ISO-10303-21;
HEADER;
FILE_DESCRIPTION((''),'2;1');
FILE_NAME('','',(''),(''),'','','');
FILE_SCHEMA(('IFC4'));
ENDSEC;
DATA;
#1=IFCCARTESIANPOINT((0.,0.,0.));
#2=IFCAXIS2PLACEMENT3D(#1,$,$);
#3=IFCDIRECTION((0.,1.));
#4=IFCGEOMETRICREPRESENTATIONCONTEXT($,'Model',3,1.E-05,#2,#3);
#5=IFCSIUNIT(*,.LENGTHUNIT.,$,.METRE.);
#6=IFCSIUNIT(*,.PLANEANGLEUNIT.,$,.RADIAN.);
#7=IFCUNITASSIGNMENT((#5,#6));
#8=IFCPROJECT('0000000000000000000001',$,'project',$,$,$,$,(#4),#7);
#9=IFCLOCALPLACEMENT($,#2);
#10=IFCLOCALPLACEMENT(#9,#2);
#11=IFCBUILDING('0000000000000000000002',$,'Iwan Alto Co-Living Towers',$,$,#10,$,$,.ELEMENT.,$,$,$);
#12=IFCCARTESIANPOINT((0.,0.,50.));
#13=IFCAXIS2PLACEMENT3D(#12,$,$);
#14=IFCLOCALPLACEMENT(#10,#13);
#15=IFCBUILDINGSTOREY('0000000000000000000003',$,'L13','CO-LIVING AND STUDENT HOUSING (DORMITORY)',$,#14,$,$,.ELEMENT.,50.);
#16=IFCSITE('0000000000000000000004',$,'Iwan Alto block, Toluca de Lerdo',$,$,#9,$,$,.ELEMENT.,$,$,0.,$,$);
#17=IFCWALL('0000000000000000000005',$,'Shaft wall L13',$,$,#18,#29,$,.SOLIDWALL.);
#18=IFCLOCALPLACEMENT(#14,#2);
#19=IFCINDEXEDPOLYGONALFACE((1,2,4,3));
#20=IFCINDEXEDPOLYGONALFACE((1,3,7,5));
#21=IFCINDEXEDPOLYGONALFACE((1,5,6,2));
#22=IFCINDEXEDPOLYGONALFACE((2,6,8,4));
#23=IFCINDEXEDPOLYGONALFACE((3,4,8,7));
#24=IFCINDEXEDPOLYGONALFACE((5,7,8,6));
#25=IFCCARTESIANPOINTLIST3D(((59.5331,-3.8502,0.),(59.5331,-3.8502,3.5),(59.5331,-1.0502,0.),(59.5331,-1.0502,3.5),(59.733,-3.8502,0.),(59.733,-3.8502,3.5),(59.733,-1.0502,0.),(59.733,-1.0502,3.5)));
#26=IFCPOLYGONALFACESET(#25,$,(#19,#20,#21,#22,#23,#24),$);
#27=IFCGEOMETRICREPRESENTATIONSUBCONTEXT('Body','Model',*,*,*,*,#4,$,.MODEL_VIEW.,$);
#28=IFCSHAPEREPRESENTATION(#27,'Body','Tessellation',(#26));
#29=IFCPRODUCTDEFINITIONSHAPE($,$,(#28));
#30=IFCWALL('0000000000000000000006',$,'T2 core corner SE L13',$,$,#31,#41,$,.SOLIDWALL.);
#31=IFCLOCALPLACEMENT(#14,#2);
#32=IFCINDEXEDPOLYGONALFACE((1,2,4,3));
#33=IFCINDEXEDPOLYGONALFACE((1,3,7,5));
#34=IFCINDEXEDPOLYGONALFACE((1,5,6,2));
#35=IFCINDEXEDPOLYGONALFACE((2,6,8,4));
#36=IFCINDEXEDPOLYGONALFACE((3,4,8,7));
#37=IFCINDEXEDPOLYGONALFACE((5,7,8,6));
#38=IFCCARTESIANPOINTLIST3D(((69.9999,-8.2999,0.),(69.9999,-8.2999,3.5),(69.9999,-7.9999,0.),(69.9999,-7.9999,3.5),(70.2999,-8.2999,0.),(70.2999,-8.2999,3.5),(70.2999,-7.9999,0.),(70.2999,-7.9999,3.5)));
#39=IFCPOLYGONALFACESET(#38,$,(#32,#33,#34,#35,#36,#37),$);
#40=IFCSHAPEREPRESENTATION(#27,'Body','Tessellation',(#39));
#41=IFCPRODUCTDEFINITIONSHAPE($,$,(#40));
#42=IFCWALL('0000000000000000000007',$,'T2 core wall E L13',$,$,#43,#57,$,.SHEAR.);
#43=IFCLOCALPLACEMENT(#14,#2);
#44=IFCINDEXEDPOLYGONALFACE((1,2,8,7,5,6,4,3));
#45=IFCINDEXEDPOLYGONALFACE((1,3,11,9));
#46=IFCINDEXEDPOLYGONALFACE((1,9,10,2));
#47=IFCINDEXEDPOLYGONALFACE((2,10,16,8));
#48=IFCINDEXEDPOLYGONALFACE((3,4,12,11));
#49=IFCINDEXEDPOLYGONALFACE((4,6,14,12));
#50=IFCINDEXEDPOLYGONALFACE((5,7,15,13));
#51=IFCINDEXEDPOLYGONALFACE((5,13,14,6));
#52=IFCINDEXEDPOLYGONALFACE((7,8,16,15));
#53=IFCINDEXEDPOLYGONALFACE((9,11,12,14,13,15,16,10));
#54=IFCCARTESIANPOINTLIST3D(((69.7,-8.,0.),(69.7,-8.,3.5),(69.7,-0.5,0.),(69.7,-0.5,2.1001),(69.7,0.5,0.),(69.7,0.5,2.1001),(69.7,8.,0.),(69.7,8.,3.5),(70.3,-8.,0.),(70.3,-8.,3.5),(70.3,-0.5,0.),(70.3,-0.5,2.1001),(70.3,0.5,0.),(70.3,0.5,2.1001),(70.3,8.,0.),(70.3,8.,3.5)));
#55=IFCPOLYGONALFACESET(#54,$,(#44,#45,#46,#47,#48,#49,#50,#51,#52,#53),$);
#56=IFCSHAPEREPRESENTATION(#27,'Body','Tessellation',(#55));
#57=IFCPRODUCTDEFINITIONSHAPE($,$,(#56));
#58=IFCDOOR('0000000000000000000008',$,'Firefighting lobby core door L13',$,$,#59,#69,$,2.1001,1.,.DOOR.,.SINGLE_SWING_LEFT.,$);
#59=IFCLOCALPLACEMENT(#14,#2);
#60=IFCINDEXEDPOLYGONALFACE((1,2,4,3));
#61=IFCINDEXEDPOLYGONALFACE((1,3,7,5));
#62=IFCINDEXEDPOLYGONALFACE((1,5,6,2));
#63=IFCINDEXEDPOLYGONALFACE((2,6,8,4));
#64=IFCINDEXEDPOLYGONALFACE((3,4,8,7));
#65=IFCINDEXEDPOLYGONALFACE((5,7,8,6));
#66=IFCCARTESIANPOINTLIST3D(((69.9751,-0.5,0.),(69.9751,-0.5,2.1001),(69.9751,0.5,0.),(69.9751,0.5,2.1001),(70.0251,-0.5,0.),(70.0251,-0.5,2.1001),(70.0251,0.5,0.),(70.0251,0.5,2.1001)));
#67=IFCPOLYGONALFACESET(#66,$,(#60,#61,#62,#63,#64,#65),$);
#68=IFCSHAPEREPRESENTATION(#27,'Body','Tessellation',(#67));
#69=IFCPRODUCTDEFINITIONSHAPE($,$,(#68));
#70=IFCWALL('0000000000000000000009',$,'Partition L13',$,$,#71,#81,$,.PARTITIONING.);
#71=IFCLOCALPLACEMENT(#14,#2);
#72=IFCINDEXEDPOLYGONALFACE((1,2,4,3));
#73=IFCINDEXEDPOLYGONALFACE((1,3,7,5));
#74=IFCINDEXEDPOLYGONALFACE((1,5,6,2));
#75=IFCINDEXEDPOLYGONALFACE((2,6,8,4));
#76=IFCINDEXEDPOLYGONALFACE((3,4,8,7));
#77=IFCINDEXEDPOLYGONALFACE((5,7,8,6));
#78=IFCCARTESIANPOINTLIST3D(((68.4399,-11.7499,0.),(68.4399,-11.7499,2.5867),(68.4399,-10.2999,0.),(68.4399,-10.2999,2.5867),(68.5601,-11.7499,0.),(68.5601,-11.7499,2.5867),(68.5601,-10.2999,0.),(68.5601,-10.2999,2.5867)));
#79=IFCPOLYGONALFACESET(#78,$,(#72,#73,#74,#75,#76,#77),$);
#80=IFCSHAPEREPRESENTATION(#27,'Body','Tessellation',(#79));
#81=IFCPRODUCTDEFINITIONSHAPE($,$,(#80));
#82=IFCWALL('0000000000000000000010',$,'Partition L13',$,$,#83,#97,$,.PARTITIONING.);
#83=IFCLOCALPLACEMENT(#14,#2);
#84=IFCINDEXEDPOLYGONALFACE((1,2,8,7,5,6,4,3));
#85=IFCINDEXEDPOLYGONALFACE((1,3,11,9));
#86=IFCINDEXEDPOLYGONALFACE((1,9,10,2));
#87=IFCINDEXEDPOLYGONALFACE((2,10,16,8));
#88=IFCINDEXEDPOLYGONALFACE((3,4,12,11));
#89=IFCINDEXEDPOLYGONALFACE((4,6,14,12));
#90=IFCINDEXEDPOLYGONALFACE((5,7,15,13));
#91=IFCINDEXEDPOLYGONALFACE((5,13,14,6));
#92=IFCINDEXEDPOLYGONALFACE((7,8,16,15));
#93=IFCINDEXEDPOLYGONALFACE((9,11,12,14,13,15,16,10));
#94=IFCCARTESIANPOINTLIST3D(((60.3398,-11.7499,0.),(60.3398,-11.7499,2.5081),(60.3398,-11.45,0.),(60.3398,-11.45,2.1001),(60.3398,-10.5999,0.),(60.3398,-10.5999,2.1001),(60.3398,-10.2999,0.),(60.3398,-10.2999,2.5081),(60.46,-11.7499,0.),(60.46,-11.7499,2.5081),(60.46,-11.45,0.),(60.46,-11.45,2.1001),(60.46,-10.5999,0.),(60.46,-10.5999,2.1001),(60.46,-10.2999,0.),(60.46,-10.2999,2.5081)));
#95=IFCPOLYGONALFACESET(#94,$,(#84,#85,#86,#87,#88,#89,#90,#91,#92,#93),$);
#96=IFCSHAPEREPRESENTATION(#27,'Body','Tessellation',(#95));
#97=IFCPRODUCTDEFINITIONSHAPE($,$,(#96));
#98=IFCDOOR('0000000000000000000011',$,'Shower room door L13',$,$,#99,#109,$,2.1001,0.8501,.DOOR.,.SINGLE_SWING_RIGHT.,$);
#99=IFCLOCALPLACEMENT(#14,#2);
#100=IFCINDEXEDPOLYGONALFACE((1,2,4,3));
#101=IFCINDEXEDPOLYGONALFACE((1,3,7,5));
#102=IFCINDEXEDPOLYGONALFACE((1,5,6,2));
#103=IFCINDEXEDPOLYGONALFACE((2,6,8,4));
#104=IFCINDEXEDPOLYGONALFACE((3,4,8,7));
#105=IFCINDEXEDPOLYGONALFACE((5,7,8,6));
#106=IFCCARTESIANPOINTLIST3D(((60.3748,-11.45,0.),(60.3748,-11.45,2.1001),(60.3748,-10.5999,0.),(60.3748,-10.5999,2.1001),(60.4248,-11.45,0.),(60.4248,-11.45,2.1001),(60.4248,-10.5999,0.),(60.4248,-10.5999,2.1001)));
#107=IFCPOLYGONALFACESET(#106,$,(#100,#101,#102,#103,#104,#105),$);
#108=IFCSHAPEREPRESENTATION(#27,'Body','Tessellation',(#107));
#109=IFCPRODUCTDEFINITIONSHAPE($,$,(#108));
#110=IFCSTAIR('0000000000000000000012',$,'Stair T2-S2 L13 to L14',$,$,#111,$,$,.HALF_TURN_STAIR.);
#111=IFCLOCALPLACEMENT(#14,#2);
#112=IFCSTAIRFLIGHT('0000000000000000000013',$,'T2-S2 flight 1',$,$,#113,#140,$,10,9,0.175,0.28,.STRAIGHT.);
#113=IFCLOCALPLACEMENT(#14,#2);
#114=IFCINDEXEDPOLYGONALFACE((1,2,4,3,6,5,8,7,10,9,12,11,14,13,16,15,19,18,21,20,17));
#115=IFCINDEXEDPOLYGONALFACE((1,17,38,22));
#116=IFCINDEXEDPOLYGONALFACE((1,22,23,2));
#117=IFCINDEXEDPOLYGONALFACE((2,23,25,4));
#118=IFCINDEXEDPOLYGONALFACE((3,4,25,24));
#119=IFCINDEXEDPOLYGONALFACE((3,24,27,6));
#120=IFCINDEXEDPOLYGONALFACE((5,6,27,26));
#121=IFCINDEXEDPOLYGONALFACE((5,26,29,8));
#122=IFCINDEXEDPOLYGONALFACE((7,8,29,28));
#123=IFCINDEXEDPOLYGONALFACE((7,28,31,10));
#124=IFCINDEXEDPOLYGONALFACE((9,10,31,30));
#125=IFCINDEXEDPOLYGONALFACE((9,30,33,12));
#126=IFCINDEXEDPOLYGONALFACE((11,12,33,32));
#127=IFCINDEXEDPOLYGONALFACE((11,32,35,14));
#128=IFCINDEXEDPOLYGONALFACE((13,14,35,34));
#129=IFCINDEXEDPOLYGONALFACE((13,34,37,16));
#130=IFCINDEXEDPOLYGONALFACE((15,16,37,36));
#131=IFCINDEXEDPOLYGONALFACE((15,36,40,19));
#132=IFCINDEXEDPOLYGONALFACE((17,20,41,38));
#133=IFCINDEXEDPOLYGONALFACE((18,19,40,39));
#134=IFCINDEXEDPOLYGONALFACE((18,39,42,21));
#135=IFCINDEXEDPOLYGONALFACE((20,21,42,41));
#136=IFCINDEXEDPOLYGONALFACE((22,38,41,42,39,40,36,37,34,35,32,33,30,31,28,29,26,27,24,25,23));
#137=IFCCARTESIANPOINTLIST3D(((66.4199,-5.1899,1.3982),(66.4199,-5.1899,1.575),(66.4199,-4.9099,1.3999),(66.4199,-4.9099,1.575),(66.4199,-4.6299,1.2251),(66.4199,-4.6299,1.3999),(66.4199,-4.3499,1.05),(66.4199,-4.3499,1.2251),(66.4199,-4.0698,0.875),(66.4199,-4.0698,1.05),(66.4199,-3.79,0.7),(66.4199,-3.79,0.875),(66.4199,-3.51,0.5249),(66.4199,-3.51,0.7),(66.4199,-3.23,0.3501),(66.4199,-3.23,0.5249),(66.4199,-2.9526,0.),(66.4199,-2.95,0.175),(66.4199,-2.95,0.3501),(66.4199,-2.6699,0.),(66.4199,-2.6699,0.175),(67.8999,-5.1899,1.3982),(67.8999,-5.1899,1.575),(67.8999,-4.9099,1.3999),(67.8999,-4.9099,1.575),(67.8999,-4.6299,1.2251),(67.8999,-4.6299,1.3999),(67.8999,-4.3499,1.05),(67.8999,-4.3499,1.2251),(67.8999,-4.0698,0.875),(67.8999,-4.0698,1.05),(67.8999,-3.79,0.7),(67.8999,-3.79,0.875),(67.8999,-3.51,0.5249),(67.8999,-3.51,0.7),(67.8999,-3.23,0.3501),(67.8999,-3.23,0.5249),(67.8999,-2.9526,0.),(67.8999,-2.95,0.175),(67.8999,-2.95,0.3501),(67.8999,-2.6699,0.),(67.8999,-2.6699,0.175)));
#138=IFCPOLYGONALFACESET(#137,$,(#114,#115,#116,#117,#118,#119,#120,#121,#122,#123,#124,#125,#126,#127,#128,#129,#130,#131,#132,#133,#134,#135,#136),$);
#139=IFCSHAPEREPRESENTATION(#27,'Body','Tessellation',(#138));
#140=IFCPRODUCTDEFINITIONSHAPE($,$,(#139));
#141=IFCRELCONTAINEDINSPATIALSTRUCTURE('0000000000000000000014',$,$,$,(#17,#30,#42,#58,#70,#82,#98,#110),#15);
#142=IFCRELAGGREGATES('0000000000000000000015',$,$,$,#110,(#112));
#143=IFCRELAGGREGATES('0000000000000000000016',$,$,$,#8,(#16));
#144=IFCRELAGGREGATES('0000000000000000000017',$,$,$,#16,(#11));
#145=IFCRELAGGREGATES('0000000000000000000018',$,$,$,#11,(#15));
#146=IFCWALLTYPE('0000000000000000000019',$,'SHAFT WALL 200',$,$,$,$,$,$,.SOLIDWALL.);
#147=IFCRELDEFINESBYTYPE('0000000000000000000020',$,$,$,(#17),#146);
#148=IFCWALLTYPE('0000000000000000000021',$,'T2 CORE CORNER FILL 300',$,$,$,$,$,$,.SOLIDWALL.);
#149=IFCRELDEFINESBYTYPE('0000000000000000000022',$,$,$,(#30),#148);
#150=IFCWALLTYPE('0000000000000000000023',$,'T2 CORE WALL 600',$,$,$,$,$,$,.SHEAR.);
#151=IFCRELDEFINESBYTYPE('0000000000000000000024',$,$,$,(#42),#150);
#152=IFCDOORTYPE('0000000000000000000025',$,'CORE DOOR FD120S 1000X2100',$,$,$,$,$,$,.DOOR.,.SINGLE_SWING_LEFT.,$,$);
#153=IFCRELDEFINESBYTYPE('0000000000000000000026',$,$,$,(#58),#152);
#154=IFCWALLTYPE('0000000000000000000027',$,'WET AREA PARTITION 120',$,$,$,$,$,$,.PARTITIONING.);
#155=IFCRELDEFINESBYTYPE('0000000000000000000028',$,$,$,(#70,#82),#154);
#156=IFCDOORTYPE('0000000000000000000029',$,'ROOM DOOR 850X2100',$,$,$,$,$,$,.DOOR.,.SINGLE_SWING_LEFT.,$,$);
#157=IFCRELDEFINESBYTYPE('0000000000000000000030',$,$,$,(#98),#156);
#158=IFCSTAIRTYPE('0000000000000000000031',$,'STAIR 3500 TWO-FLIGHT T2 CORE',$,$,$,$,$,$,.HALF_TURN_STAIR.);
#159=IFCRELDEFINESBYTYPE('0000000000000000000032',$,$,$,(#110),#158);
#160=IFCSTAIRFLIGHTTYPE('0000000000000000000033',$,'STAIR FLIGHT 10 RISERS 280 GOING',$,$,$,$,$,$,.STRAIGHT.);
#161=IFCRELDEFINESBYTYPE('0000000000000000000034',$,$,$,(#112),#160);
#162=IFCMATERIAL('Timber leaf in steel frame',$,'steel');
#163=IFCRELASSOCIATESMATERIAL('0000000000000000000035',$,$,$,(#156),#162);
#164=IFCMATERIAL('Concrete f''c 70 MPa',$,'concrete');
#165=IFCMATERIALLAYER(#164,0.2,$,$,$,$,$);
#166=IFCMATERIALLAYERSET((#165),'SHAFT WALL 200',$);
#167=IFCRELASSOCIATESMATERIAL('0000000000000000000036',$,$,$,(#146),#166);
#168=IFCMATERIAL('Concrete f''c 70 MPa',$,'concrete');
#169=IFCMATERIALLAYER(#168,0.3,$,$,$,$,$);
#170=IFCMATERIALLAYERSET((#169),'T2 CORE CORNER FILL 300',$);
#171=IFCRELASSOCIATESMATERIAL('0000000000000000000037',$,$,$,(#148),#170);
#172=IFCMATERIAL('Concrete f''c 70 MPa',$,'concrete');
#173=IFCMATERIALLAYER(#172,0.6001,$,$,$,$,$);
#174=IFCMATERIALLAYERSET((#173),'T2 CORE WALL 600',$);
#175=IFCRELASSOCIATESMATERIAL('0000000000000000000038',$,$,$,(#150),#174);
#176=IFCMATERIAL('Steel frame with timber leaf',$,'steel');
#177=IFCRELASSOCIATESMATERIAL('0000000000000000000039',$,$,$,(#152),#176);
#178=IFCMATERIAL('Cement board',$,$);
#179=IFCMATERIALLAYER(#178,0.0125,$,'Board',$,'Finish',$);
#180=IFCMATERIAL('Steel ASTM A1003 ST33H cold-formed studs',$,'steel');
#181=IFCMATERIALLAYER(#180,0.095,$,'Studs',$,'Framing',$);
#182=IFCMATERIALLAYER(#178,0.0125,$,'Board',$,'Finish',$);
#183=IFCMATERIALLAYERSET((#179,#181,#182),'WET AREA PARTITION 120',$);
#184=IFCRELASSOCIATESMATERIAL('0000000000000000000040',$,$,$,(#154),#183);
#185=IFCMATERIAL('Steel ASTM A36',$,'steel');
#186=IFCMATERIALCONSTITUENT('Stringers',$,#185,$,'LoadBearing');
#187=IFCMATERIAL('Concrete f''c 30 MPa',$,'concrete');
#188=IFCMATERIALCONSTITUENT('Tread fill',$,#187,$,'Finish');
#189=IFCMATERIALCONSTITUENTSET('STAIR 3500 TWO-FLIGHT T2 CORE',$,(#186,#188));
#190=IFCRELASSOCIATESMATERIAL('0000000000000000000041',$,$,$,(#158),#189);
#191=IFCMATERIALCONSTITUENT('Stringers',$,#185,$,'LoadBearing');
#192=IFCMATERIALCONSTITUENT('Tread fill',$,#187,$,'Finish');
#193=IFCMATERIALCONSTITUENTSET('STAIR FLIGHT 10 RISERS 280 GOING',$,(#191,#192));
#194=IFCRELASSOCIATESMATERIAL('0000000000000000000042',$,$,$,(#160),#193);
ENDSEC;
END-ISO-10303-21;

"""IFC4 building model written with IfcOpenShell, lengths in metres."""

from ifc_helpers import new_model, si_unit, direction, frame, frame_2d, origin, place, context, subcontext, project, spatial, polyline, rectangle, outline, extrude, material, layer, layer_set, constituent, constituent_set, type_object, element, fill, aggregate, save


model = new_model("IFC4")

# Units and contexts
model_context = context("Model", 3, precision=1e-05, world=origin(), true_north=direction((0.0, 1.0)))
body_context = subcontext(model_context, "Body", "Model", "MODEL_VIEW")
ifc_project = project(units=[si_unit("LENGTHUNIT", "METRE"), si_unit("PLANEANGLEUNIT", "RADIAN")], contexts=[model_context])

# Site, building, storey
site_placement = place(None, origin())
site = spatial("IfcSite", under=ifc_project, at=site_placement, Name="Iwan Alto block, Toluca de Lerdo", CompositionType="ELEMENT", RefElevation=0.0)
building_placement = place(site_placement, origin())
building = spatial("IfcBuilding", under=site, at=building_placement, Name="Iwan Alto Co-Living Towers", CompositionType="ELEMENT")
storey_placement = place(building_placement, frame((0.0, 0.0, 50.0)))
storey = spatial("IfcBuildingStorey", under=building, at=storey_placement, Name="L13", Description="CO-LIVING AND STUDENT HOUSING (DORMITORY)", CompositionType="ELEMENT", Elevation=50.0)

# Shared definitions
ifc_material_1 = material(Name="Steel ASTM A1003 ST33H cold-formed studs", Category="steel")

# Shared definitions
ifc_material_2 = material(Name="Timber leaf in steel frame", Category="steel")
door_type_1 = type_object("IfcDoorType", Name="ROOM DOOR 850X2100", OperationType="SINGLE_SWING_LEFT", PredefinedType="DOOR", material=ifc_material_2)

# Shared definitions
ifc_material_3 = material(Name="Concrete f'c 70 MPa", Category="concrete")
ifc_layer_1 = layer(ifc_material_3, 0.2)
ifc_layer_set_1 = layer_set([ifc_layer_1], Name="SHAFT WALL 200")
wall_type_1 = type_object("IfcWallType", Name="SHAFT WALL 200", PredefinedType="SOLIDWALL", material=ifc_layer_set_1)

# Walls
wall_1_placement = place(storey_placement, frame((59.6331, -3.8501, 0.0), z_axis=(0.0, 0.0, 1.0), x_axis=(0.0, 1.0, 0.0)))
element("IfcWall", 1, at=wall_1_placement, inside=storey, type_object=wall_type_1, Name="Shaft wall L13", PredefinedType="SOLIDWALL", context=body_context, shape_type="SweptSolid", body=[
    extrude(rectangle(XDim=2.8, YDim=0.2, at=frame_2d((1.3999, 0.0))), origin(), (0.0, 0.0, 1.0), 3.5),
])
ifc_material_4 = material(Name="Concrete f'c 70 MPa", Category="concrete")
ifc_layer_2 = layer(ifc_material_4, 0.3)
ifc_layer_set_2 = layer_set([ifc_layer_2], Name="T2 CORE CORNER FILL 300")
wall_type_2 = type_object("IfcWallType", Name="T2 CORE CORNER FILL 300", PredefinedType="SOLIDWALL", material=ifc_layer_set_2)
wall_2_placement = place(storey_placement, frame((70.0, -8.1499, 0.0), z_axis=(0.0, 0.0, 1.0), x_axis=(1.0, 0.0, 0.0)))
element("IfcWall", 2, at=wall_2_placement, inside=storey, type_object=wall_type_2, Name="T2 core corner SE L13", PredefinedType="SOLIDWALL", context=body_context, shape_type="SweptSolid", body=[
    extrude(rectangle(XDim=0.3, YDim=0.3, at=frame_2d((0.1499, 0.0))), origin(), (0.0, 0.0, 1.0), 3.5),
])

# Wall, opening, door
ifc_material_5 = material(Name="Concrete f'c 70 MPa", Category="concrete")
ifc_layer_3 = layer(ifc_material_5, 0.6001)
ifc_layer_set_3 = layer_set([ifc_layer_3], Name="T2 CORE WALL 600")
wall_type_3 = type_object("IfcWallType", Name="T2 CORE WALL 600", PredefinedType="SHEAR", material=ifc_layer_set_3)
wall_3_placement = place(storey_placement, frame((70.0, -8.0, 0.0), z_axis=(0.0, 0.0, 1.0), x_axis=(0.0, 1.0, 0.0)))
wall_3 = element("IfcWall", 3, at=wall_3_placement, inside=storey, type_object=wall_type_3, Name="T2 core wall E L13", PredefinedType="SHEAR", context=body_context, shape_type="SweptSolid", body=[
    extrude(rectangle(XDim=16.0, YDim=0.6001, at=frame_2d((8.0, 0.0))), origin(), (0.0, 0.0, 1.0), 3.5),
])
opening_1_placement = place(wall_3_placement, frame((7.5, 0.0, 0.0)))
opening_1 = element("IfcOpeningElement", 4, at=opening_1_placement, cuts=wall_3, PredefinedType="OPENING", context=body_context, shape_type="SweptSolid", body=[
    extrude(rectangle(XDim=1.0, YDim=2.1001, at=frame_2d((0.5, 1.05))), frame((0.0, 0.3101, 0.0), z_axis=(0.0, -1.0, 0.0), x_axis=(1.0, 0.0, 0.0)), (0.0, 0.0, 1.0), 0.6201),
])
ifc_material_6 = material(Name="Steel frame with timber leaf", Category="steel")
door_type_2 = type_object("IfcDoorType", Name="CORE DOOR FD120S 1000X2100", OperationType="SINGLE_SWING_LEFT", PredefinedType="DOOR", material=ifc_material_6)
door_1_placement = place(opening_1_placement, origin())
door_1 = element("IfcDoor", 5, at=door_1_placement, inside=storey, type_object=door_type_2, Name="Firefighting lobby core door L13", OperationType="SINGLE_SWING_LEFT", OverallHeight=2.1001, OverallWidth=1.0, PredefinedType="DOOR", context=body_context, shape_type="SweptSolid", body=[
    extrude(rectangle(XDim=1.0, YDim=2.1001, at=frame_2d((0.5, 1.05))), frame((0.0, 0.0249, 0.0), z_axis=(0.0, -1.0, 0.0), x_axis=(1.0, 0.0, 0.0)), (0.0, 0.0, 1.0), 0.05),
])
fill(opening_1, door_1)

# Wall
ifc_material_7 = material(Name="Cement board")
ifc_layer_4 = layer(ifc_material_7, 0.0125, Name="Board", Category="Finish")
ifc_layer_5 = layer(ifc_material_1, 0.095, Name="Studs", Category="Framing")
ifc_layer_6 = layer(ifc_material_7, 0.0125, Name="Board", Category="Finish")
ifc_layer_set_4 = layer_set([ifc_layer_4, ifc_layer_5, ifc_layer_6], Name="WET AREA PARTITION 120")
wall_type_4 = type_object("IfcWallType", Name="WET AREA PARTITION 120", PredefinedType="PARTITIONING", material=ifc_layer_set_4)
wall_4_placement = place(storey_placement, frame((68.5, -11.75, 0.0), z_axis=(0.0, 0.0, 1.0), x_axis=(0.0, 1.0, 0.0)))
element("IfcWall", 6, at=wall_4_placement, inside=storey, type_object=wall_type_4, Name="Partition L13", PredefinedType="PARTITIONING", context=body_context, shape_type="SweptSolid", body=[
    extrude(rectangle(XDim=1.45, YDim=0.1201, at=frame_2d((0.7251, 0.0))), origin(), (0.0, 0.0, 1.0), 2.5867),
])

# Wall, opening, door
wall_5_placement = place(storey_placement, frame((60.3999, -11.75, 0.0), z_axis=(0.0, 0.0, 1.0), x_axis=(0.0, 1.0, 0.0)))
wall_5 = element("IfcWall", 7, at=wall_5_placement, inside=storey, type_object=wall_type_4, Name="Partition L13", PredefinedType="PARTITIONING", context=body_context, shape_type="SweptSolid", body=[
    extrude(rectangle(XDim=1.45, YDim=0.1201, at=frame_2d((0.7251, 0.0))), origin(), (0.0, 0.0, 1.0), 2.5081),
])
opening_2_placement = place(wall_5_placement, frame((0.3, 0.0, 0.0)))
opening_2 = element("IfcOpeningElement", 8, at=opening_2_placement, cuts=wall_5, PredefinedType="OPENING", context=body_context, shape_type="SweptSolid", body=[
    extrude(rectangle(XDim=0.8501, YDim=2.1001, at=frame_2d((0.425, 1.05))), frame((0.0, 0.0701, 0.0), z_axis=(0.0, -1.0, 0.0), x_axis=(1.0, 0.0, 0.0)), (0.0, 0.0, 1.0), 0.1401),
])
door_2_placement = place(opening_2_placement, frame((0.8501, 0.0, 0.0), z_axis=(0.0, 0.0, 1.0), x_axis=(-1.0, 0.0, 0.0)))
door_2 = element("IfcDoor", 9, at=door_2_placement, inside=storey, type_object=door_type_1, Name="Shower room door L13", OperationType="SINGLE_SWING_RIGHT", OverallHeight=2.1001, OverallWidth=0.8501, PredefinedType="DOOR", context=body_context, shape_type="SweptSolid", body=[
    extrude(rectangle(XDim=0.8501, YDim=2.1001, at=frame_2d((0.425, 1.05))), frame((0.0, 0.0249, 0.0), z_axis=(0.0, -1.0, 0.0), x_axis=(1.0, 0.0, 0.0)), (0.0, 0.0, 1.0), 0.05),
])
fill(opening_2, door_2)

# Stair, stair flight
ifc_material_8 = material(Name="Steel ASTM A36", Category="steel")
ifc_constituent_1 = constituent(ifc_material_8, Name="Stringers", Category="LoadBearing")
ifc_material_9 = material(Name="Concrete f'c 30 MPa", Category="concrete")
ifc_constituent_2 = constituent(ifc_material_9, Name="Tread fill", Category="Finish")
ifc_constituent_set_1 = constituent_set(constituents=[ifc_constituent_1, ifc_constituent_2], Name="STAIR 3500 TWO-FLIGHT T2 CORE")
stair_type = type_object("IfcStairType", Name="STAIR 3500 TWO-FLIGHT T2 CORE", PredefinedType="HALF_TURN_STAIR", material=ifc_constituent_set_1)
stair_placement = place(storey_placement, origin())
stair = element("IfcStair", 10, at=stair_placement, inside=storey, type_object=stair_type, Name="Stair T2-S2 L13 to L14", PredefinedType="HALF_TURN_STAIR")
ifc_constituent_3 = constituent(ifc_material_8, Name="Stringers", Category="LoadBearing")
ifc_constituent_4 = constituent(ifc_material_9, Name="Tread fill", Category="Finish")
ifc_constituent_set_2 = constituent_set(constituents=[ifc_constituent_3, ifc_constituent_4], Name="STAIR FLIGHT 10 RISERS 280 GOING")
stair_flight_type = type_object("IfcStairFlightType", Name="STAIR FLIGHT 10 RISERS 280 GOING", PredefinedType="STRAIGHT", material=ifc_constituent_set_2)
stair_flight_1_placement = place(storey_placement, frame((67.1599, -2.6699, 0.0), z_axis=(0.0, 0.0, 1.0), x_axis=(0.0, -1.0, 0.0)))
stair_flight_1 = element("IfcStairFlight", 11, at=stair_flight_1_placement, type_object=stair_flight_type, Name="T2-S2 flight 1", NumberOfRisers=10, NumberOfTreads=9, PredefinedType="STRAIGHT", RiserHeight=0.175, TreadLength=0.28, context=body_context, shape_type="SweptSolid", body=[
    extrude(outline(polyline([(0.0, 0.0), (0.0, 0.175), (0.28, 0.175), (0.28, 0.3501), (0.5601, 0.3501), (0.5601, 0.5249), (0.8401, 0.5249), (0.8401, 0.7), (1.1201, 0.7), (1.1201, 0.875), (1.3999, 0.875), (1.3999, 1.05), (1.6799, 1.05), (1.6799, 1.2251), (1.96, 1.2251), (1.96, 1.3999), (2.24, 1.3999), (2.24, 1.575), (2.52, 1.575), (2.52, 1.75), (2.52, 1.3982), (0.2827, 0.0), (0.0, 0.0)])), frame((0.0, 0.74, 0.0), z_axis=(0.0, -1.0, 0.0), x_axis=(1.0, 0.0, 0.0)), (0.0, 0.0, 1.0), 1.48),
])
aggregate(stair, [stair_flight_1])

save(model, "model.ifc")
